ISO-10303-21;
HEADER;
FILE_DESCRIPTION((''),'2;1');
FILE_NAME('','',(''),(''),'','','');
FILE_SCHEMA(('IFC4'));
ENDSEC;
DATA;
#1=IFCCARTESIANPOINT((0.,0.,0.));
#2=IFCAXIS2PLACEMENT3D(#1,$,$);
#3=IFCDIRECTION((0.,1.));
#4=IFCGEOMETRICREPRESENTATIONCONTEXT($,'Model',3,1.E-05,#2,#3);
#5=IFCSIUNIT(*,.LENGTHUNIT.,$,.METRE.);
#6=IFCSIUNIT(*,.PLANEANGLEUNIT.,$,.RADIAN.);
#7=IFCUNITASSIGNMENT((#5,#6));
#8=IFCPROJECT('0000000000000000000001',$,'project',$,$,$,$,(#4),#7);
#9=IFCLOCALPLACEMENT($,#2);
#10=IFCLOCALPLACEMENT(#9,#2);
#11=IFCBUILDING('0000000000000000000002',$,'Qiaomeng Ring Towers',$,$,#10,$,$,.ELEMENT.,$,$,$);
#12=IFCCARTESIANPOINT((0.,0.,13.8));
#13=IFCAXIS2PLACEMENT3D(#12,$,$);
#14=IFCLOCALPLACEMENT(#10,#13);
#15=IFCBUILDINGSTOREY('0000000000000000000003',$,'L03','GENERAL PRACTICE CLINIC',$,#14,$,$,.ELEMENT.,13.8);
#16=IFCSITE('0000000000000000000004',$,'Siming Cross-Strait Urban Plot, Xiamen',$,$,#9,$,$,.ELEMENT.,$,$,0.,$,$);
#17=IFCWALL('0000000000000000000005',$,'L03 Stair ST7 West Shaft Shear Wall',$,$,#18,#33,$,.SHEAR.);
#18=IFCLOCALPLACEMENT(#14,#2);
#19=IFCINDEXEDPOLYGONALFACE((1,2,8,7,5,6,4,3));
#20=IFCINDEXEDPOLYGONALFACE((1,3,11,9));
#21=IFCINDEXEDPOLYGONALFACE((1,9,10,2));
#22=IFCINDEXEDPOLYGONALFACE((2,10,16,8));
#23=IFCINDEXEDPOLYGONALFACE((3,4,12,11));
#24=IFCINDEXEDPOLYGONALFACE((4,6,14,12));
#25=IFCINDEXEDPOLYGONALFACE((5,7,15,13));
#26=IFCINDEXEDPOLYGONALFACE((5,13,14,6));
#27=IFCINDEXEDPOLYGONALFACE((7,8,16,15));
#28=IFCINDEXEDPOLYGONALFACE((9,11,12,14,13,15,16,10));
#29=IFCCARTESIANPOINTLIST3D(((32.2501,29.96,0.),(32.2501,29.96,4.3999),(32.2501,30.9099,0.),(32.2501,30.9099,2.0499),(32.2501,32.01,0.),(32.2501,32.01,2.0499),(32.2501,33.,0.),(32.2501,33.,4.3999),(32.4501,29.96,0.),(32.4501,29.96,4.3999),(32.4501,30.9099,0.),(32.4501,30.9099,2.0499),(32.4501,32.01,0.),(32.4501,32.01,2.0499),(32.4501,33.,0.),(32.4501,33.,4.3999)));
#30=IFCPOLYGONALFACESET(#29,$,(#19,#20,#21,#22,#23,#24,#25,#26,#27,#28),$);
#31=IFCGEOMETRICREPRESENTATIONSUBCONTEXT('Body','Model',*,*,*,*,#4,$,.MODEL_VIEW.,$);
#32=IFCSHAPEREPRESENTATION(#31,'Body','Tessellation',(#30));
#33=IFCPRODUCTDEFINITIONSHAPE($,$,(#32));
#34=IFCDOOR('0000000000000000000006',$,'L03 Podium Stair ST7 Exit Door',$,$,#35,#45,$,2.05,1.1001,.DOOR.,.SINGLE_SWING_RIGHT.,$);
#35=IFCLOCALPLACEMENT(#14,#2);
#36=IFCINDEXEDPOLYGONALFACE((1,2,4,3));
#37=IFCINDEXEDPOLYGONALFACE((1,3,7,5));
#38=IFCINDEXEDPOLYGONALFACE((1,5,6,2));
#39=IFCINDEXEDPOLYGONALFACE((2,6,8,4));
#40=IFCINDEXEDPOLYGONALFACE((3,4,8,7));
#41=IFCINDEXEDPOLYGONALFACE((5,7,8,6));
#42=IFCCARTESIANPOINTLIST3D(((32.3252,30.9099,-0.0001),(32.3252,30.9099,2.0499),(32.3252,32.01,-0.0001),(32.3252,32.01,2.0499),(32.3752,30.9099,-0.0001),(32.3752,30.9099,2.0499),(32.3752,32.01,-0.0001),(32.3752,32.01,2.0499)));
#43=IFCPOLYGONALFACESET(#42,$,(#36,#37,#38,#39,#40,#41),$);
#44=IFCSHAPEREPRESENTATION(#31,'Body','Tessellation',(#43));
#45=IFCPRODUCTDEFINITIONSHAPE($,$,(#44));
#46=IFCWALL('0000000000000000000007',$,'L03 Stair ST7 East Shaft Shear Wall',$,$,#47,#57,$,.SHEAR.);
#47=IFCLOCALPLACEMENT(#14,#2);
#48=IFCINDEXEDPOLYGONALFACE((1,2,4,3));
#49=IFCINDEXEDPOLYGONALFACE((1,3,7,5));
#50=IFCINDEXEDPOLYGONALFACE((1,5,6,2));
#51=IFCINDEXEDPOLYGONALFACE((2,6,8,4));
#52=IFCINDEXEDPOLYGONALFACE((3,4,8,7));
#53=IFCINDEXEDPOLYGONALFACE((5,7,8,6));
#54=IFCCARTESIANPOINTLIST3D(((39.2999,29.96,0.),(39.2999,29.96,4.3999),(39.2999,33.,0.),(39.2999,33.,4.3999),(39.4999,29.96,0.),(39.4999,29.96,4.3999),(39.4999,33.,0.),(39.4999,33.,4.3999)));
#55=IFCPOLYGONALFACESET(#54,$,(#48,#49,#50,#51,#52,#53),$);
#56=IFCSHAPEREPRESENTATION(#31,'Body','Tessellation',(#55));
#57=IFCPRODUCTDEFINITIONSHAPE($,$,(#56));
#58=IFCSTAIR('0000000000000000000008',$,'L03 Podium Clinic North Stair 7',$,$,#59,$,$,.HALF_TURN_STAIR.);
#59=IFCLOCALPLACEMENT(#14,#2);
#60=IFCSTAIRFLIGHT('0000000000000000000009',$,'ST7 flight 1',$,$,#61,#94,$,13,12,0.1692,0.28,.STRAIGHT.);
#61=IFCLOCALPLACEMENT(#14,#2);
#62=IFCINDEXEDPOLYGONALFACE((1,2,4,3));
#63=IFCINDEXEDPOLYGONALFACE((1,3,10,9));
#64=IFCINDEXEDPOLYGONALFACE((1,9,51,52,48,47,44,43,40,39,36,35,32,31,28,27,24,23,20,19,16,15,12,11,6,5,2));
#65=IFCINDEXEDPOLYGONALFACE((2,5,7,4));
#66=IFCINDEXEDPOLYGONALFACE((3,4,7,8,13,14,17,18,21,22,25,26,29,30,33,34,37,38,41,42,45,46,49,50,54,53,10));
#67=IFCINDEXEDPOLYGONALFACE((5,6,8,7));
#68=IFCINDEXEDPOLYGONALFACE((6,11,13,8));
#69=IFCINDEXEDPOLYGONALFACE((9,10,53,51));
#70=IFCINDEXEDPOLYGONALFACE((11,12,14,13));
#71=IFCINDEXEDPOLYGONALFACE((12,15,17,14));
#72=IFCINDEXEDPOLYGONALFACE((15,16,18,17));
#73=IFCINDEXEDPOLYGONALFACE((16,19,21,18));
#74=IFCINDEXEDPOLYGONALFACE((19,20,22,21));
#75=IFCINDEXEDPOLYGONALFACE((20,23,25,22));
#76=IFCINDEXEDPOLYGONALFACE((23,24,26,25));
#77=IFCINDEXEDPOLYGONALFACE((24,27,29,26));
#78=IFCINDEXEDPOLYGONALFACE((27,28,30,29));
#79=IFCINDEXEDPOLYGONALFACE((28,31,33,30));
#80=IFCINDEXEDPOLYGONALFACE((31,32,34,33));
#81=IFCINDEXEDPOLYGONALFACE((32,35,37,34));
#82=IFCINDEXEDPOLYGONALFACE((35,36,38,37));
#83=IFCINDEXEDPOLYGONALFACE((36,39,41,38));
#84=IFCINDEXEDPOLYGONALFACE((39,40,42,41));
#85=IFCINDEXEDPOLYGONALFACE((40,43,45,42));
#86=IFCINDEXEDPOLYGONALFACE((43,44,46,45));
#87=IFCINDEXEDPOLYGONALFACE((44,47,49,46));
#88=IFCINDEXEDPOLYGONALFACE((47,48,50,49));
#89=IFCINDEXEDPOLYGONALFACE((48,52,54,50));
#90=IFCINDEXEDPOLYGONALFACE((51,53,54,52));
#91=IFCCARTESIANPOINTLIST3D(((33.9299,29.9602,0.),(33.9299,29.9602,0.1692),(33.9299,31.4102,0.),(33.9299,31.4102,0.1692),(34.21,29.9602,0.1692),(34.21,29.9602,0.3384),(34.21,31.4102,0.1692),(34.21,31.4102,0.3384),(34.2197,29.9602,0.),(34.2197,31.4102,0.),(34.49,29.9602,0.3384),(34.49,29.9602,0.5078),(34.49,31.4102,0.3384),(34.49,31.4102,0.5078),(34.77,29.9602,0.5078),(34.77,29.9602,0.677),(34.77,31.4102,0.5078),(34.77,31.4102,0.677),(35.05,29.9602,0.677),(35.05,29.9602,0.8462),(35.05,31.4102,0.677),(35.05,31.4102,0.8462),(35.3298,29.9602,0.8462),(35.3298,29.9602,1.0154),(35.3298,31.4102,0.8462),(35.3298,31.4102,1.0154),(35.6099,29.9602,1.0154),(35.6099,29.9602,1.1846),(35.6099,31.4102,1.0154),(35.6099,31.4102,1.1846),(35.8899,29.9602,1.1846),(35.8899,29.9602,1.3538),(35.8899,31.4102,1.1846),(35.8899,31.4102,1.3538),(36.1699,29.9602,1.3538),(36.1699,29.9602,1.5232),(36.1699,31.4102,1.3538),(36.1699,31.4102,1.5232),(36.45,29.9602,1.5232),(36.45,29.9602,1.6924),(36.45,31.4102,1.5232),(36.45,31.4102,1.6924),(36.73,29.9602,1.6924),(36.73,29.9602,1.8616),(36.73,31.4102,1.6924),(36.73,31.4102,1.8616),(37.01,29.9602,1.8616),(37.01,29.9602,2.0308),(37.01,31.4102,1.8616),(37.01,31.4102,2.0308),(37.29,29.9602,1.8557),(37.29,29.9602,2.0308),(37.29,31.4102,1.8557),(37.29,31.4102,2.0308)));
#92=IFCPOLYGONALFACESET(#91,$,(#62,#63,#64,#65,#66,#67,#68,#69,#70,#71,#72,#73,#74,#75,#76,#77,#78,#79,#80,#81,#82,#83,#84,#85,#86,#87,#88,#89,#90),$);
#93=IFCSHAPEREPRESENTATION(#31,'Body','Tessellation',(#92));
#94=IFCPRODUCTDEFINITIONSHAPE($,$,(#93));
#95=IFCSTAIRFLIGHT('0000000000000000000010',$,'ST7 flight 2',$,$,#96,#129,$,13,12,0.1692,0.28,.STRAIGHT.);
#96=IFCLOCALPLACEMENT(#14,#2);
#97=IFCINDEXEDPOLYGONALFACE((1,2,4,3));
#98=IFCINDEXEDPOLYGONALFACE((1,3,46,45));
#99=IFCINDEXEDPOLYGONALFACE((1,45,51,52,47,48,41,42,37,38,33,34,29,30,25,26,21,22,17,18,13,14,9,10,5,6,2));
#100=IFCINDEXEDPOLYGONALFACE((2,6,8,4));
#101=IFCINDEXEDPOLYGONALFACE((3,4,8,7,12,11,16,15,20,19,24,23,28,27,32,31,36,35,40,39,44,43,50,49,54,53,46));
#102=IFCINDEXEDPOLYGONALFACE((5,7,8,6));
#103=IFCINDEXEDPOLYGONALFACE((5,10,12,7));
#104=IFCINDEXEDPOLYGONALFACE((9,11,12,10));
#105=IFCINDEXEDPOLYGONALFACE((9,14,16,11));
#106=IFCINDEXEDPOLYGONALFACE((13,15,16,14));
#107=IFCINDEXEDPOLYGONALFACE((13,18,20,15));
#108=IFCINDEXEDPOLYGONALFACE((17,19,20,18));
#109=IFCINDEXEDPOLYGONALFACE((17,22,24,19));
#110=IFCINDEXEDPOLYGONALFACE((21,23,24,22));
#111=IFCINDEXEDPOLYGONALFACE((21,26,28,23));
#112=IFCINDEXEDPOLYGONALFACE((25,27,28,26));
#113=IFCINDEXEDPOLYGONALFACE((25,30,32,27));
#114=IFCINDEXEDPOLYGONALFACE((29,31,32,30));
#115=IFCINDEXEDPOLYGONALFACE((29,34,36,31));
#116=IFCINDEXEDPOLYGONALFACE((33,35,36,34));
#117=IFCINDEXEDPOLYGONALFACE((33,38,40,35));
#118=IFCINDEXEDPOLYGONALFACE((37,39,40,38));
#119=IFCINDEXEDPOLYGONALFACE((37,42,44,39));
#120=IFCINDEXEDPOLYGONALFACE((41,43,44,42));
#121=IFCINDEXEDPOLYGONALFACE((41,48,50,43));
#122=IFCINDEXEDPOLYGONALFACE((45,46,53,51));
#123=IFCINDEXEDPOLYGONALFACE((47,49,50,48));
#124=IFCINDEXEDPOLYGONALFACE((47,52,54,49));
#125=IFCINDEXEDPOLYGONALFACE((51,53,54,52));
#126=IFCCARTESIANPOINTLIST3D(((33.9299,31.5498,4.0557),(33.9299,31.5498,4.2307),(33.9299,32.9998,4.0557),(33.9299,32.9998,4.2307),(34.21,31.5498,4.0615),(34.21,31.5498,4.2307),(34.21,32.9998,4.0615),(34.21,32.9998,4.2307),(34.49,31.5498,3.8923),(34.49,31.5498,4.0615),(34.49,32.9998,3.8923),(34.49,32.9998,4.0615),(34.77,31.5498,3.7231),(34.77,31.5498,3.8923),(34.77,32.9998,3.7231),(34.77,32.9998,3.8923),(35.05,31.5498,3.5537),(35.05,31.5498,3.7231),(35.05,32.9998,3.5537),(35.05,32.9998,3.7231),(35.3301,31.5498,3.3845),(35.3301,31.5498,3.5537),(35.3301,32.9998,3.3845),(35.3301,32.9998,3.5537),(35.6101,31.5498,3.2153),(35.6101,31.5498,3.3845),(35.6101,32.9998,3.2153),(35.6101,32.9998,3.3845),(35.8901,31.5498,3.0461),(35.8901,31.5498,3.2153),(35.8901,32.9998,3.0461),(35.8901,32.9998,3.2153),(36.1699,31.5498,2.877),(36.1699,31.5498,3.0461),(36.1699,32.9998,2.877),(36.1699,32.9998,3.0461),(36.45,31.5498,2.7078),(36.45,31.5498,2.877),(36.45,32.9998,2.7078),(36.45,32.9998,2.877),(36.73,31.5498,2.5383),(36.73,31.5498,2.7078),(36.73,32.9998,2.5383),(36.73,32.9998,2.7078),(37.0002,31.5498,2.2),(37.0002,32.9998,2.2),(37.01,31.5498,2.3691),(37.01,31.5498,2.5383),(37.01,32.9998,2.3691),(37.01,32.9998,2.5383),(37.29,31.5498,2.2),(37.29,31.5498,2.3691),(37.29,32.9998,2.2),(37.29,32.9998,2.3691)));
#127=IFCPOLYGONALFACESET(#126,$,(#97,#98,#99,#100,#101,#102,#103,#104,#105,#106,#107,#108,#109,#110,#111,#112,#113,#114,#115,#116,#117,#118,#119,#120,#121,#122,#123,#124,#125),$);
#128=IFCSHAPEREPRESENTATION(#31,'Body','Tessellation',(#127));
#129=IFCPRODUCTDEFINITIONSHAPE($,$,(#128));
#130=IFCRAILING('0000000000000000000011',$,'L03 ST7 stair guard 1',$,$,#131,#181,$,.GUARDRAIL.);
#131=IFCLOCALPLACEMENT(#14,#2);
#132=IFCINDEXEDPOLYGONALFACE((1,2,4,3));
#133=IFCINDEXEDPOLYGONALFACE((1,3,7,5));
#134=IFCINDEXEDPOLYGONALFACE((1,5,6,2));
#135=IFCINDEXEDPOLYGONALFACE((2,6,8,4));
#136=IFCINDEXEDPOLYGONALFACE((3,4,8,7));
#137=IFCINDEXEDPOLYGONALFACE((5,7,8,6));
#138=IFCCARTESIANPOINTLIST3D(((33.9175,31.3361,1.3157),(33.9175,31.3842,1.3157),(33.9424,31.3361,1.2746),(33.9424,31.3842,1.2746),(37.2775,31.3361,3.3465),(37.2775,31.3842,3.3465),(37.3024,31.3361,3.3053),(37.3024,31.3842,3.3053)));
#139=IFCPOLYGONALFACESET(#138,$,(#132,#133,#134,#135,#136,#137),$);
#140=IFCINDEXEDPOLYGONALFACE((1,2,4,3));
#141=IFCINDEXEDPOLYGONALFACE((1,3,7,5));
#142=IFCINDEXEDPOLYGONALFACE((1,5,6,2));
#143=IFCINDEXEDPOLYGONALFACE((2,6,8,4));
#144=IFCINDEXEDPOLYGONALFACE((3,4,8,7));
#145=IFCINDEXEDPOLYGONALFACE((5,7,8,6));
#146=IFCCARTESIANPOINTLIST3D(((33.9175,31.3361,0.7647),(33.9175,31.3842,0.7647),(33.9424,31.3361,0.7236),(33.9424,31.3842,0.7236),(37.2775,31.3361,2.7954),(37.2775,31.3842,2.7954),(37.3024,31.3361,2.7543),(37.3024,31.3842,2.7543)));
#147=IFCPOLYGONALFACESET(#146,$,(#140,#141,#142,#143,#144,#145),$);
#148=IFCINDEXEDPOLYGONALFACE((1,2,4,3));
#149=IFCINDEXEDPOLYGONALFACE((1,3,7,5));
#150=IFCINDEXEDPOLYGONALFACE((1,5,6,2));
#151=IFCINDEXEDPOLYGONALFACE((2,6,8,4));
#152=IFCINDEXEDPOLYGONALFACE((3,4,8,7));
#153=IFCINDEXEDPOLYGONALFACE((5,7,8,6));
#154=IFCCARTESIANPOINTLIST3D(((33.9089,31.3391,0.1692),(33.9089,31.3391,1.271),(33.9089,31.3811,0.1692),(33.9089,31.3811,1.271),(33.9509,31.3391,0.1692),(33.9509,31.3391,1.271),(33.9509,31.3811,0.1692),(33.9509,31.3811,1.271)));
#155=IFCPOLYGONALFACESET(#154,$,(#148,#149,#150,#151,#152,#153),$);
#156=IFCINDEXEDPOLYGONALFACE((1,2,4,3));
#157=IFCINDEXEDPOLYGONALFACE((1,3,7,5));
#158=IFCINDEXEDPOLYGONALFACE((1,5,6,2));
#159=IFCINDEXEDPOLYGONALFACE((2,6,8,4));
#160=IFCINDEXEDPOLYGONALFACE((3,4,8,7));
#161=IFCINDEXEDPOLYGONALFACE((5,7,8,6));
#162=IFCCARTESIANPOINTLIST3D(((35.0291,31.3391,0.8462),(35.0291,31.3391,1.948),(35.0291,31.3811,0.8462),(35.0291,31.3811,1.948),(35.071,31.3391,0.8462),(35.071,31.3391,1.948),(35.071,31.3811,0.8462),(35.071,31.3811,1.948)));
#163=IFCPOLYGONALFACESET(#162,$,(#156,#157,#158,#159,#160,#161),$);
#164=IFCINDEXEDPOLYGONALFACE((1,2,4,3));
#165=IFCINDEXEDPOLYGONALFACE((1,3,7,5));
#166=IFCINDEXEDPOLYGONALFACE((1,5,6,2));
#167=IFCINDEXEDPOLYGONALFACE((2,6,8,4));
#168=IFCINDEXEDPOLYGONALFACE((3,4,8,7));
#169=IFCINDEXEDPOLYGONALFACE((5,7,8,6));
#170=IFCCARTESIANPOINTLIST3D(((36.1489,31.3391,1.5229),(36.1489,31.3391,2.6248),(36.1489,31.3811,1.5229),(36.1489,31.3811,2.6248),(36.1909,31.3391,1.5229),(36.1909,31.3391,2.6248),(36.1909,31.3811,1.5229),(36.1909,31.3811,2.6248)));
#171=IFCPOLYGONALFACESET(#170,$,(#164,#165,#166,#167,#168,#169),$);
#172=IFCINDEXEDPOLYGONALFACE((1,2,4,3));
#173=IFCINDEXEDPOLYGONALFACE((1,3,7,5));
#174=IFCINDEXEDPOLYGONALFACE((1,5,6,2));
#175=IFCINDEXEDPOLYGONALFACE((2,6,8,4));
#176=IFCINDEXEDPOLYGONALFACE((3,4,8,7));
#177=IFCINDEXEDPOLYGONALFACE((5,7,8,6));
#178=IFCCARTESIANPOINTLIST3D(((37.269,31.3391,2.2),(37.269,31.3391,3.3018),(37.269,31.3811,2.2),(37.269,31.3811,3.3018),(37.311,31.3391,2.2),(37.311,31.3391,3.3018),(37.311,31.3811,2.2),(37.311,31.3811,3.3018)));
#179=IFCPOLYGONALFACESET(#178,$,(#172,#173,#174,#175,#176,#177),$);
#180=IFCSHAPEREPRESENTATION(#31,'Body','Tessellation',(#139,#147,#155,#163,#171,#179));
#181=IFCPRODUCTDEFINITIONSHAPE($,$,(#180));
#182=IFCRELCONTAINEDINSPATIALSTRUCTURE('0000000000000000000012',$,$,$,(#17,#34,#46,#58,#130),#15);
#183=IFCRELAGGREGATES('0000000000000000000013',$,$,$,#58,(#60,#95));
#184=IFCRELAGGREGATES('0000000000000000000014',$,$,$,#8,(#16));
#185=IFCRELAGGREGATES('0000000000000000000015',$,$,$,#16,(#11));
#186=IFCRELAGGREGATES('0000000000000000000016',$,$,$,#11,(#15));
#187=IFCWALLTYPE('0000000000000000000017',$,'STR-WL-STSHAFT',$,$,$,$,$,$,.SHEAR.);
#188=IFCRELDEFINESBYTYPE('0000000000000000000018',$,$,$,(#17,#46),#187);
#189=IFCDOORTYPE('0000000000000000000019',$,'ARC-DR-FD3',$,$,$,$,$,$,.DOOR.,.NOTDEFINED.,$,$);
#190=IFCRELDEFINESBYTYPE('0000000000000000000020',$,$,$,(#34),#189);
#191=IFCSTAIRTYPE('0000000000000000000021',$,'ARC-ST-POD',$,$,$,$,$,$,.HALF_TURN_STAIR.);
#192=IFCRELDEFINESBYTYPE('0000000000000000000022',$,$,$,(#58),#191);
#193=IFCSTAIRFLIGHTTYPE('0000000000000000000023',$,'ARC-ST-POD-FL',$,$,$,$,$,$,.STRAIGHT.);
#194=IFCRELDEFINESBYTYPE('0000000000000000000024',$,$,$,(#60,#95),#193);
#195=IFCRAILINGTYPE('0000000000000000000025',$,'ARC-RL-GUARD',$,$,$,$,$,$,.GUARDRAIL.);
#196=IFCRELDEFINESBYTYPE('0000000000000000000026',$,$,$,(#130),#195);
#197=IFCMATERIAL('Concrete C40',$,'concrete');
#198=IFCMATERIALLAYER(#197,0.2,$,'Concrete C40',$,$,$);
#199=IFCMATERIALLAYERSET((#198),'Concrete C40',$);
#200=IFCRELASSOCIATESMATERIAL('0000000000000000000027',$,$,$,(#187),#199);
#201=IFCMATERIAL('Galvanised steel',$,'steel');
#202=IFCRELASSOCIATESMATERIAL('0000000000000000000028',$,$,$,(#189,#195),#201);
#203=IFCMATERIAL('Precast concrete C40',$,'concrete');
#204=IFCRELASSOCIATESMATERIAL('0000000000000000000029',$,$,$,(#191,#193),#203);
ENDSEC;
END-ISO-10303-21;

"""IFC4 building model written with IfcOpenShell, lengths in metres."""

from ifc_helpers import new_model, si_unit, direction, frame, frame_2d, origin, origin_2d, place, context, subcontext, project, spatial, polyline, rectangle, outline, extrude, source, transform, mapped, material, layer, layer_set, type_object, element, fill, aggregate, save


model = new_model("IFC4")

# Units and contexts
model_context = context("Model", 3, precision=1e-05, world=origin(), true_north=direction((0.0, 1.0)))
body_context = subcontext(model_context, "Body", "Model", "MODEL_VIEW")
ifc_project = project(units=[si_unit("LENGTHUNIT", "METRE"), si_unit("PLANEANGLEUNIT", "RADIAN")], contexts=[model_context])

# Site, building, storey
site_placement = place(None, origin())
site = spatial("IfcSite", under=ifc_project, at=site_placement, Name="Siming Cross-Strait Urban Plot, Xiamen", CompositionType="ELEMENT", RefElevation=0.0)
building_placement = place(site_placement, origin())
building = spatial("IfcBuilding", under=site, at=building_placement, Name="Qiaomeng Ring Towers", CompositionType="ELEMENT")
storey_placement = place(building_placement, frame((0.0, 0.0, 13.8)))
storey = spatial("IfcBuildingStorey", under=building, at=storey_placement, Name="L03", Description="GENERAL PRACTICE CLINIC", CompositionType="ELEMENT", Elevation=13.8)

# Wall, opening, door
ifc_material_1 = material(Name="Concrete C40", Category="concrete")
ifc_layer_1 = layer(ifc_material_1, 0.2, Name="Concrete C40")
ifc_layer_set_1 = layer_set([ifc_layer_1], Name="Concrete C40")
wall_type_1 = type_object("IfcWallType", Name="STR-WL-STSHAFT", PredefinedType="SHEAR", material=ifc_layer_set_1)
wall_1_placement = place(storey_placement, frame((32.3501, 29.96, 0.0), z_axis=(0.0, 0.0, 1.0), x_axis=(0.0, 1.0, 0.0)))
wall_1 = element("IfcWall", 1, at=wall_1_placement, inside=storey, type_object=wall_type_1, Name="L03 Stair ST7 West Shaft Shear Wall", PredefinedType="SHEAR", context=body_context, shape_type="SweptSolid", body=[
    extrude(rectangle(XDim=3.04, YDim=0.2, at=frame_2d((1.52, 0.0))), origin(), (0.0, 0.0, 1.0), 4.3999),
])
opening_1_placement = place(wall_1_placement, frame((0.95, 0.0, 0.0)))
opening_1 = element("IfcOpeningElement", 2, at=opening_1_placement, cuts=wall_1, PredefinedType="OPENING", context=body_context, shape_type="SweptSolid", body=[
    extrude(rectangle(XDim=1.1001, YDim=2.05, at=frame_2d((0.55, 1.0249))), frame((0.0, 0.1099, 0.0), z_axis=(0.0, -1.0, 0.0), x_axis=(1.0, 0.0, 0.0)), (0.0, 0.0, 1.0), 0.22),
])
ifc_material_2 = material(Name="Galvanised steel", Category="steel")
door_type_1 = type_object("IfcDoorType", Name="ARC-DR-FD3", OperationType="NOTDEFINED", PredefinedType="DOOR", material=ifc_material_2)
shared_shape_1 = source(origin(), body_context, "Body", "SweptSolid", [
    extrude(rectangle(XDim=1.1001, YDim=2.05, at=frame_2d((0.55, 1.0249))), frame((0.0, 0.0249, 0.0), z_axis=(0.0, -1.0, 0.0), x_axis=(1.0, 0.0, 0.0)), (0.0, 0.0, 1.0), 0.05),
])
door_1_placement = place(opening_1_placement, origin())
door_1 = element("IfcDoor", 3, at=door_1_placement, inside=storey, type_object=door_type_1, Name="L03 Podium Stair ST7 Exit Door", OperationType="SINGLE_SWING_RIGHT", OverallHeight=2.05, OverallWidth=1.1001, PredefinedType="DOOR", context=body_context, shape_type="MappedRepresentation", body=[
    mapped(shared_shape_1, transform((0.0, 0.0, 0.0), x_axis=(1.0, 0.0, 0.0), y_axis=(0.0, 1.0, 0.0), z_axis=(0.0, 0.0, 1.0), scale=1.0)),
])
fill(opening_1, door_1)

# Wall
wall_2_placement = place(storey_placement, frame((39.3999, 29.96, 0.0), z_axis=(0.0, 0.0, 1.0), x_axis=(0.0, 1.0, 0.0)))
element("IfcWall", 4, at=wall_2_placement, inside=storey, type_object=wall_type_1, Name="L03 Stair ST7 East Shaft Shear Wall", PredefinedType="SHEAR", context=body_context, shape_type="SweptSolid", body=[
    extrude(rectangle(XDim=3.04, YDim=0.2, at=frame_2d((1.52, 0.0))), origin(), (0.0, 0.0, 1.0), 4.3999),
])

# Stair, stair flights
ifc_material_3 = material(Name="Precast concrete C40", Category="concrete")
stair_type = type_object("IfcStairType", Name="ARC-ST-POD", PredefinedType="HALF_TURN_STAIR", material=ifc_material_3)
stair_placement = place(storey_placement, origin())
stair = element("IfcStair", 5, at=stair_placement, inside=storey, type_object=stair_type, Name="L03 Podium Clinic North Stair 7", PredefinedType="HALF_TURN_STAIR")
stair_flight_type = type_object("IfcStairFlightType", Name="ARC-ST-POD-FL", PredefinedType="STRAIGHT", material=ifc_material_3)
shared_shape_2 = source(origin(), body_context, "Body", "SweptSolid", [
    extrude(outline(polyline([(0.0, 0.0), (0.0, 0.1692), (0.28, 0.1692), (0.28, 0.3384), (0.5601, 0.3384), (0.5601, 0.5078), (0.8401, 0.5078), (0.8401, 0.677), (1.1201, 0.677), (1.1201, 0.8462), (1.3999, 0.8462), (1.3999, 1.0154), (1.6799, 1.0154), (1.6799, 1.1846), (1.96, 1.1846), (1.96, 1.3538), (2.24, 1.3538), (2.24, 1.5232), (2.52, 1.5232), (2.52, 1.6924), (2.8, 1.6924), (2.8, 1.8616), (3.0801, 1.8616), (3.0801, 2.0308), (3.3601, 2.0308), (3.3601, 2.2), (3.3601, 1.8557), (0.2898, 0.0), (0.0, 0.0)])), frame((0.0, 0.7251, 0.0), z_axis=(0.0, -1.0, 0.0), x_axis=(1.0, 0.0, 0.0)), (0.0, 0.0, 1.0), 1.45),
])
stair_flight_1_placement = place(storey_placement, frame((33.9299, 30.6851, 0.0), z_axis=(0.0, 0.0, 1.0), x_axis=(1.0, 0.0, 0.0)))
stair_flight_1 = element("IfcStairFlight", 6, at=stair_flight_1_placement, type_object=stair_flight_type, Name="ST7 flight 1", NumberOfRisers=13, NumberOfTreads=12, PredefinedType="STRAIGHT", RiserHeight=0.1692, TreadLength=0.28, context=body_context, shape_type="MappedRepresentation", body=[
    mapped(shared_shape_2, transform((0.0, 0.0, 0.0), x_axis=(1.0, 0.0, 0.0), y_axis=(0.0, 1.0, 0.0), z_axis=(0.0, 0.0, 1.0), scale=1.0)),
])
stair_flight_2_placement = place(storey_placement, frame((37.29, 32.2749, 2.2), z_axis=(0.0, 0.0, 1.0), x_axis=(-1.0, 0.0, 0.0)))
stair_flight_2 = element("IfcStairFlight", 7, at=stair_flight_2_placement, type_object=stair_flight_type, Name="ST7 flight 2", NumberOfRisers=13, NumberOfTreads=12, PredefinedType="STRAIGHT", RiserHeight=0.1692, TreadLength=0.28, context=body_context, shape_type="MappedRepresentation", body=[
    mapped(shared_shape_2, transform((0.0, 0.0, 0.0), x_axis=(1.0, 0.0, 0.0), y_axis=(0.0, 1.0, 0.0), z_axis=(0.0, 0.0, 1.0), scale=1.0)),
])
aggregate(stair, [stair_flight_1, stair_flight_2])

# Railing
railing_type_1 = type_object("IfcRailingType", Name="ARC-RL-GUARD", PredefinedType="GUARDRAIL", material=ifc_material_2)
railing_1_placement = place(storey_placement, frame((33.9299, 31.3601, 0.1692)))
element("IfcRailing", 8, at=railing_1_placement, inside=storey, type_object=railing_type_1, Name="L03 ST7 stair guard 1", PredefinedType="GUARDRAIL", context=body_context, shape_type="SweptSolid", body=[
    extrude(rectangle(XDim=0.0481, YDim=0.0481, at=origin_2d()), frame((0.0, 0.0, 1.126), z_axis=(0.855837, 0.0, 0.517246), x_axis=(0.0, 1.0, 0.0)), (0.0, 0.0, 1.0), 3.926),
    extrude(rectangle(XDim=0.0481, YDim=0.0481, at=origin_2d()), frame((0.0, 0.0, 0.575), z_axis=(0.855837, 0.0, 0.517246), x_axis=(0.0, 1.0, 0.0)), (0.0, 0.0, 1.0), 3.926),
    extrude(rectangle(XDim=0.042, YDim=0.042, at=origin_2d()), origin(), (0.0, 0.0, 1.0), 1.1018),
    extrude(rectangle(XDim=0.042, YDim=0.042, at=origin_2d()), frame((1.1201, 0.0, 0.677)), (0.0, 0.0, 1.0), 1.1018),
    extrude(rectangle(XDim=0.042, YDim=0.042, at=origin_2d()), frame((2.24, 0.0, 1.3538)), (0.0, 0.0, 1.0), 1.1018),
    extrude(rectangle(XDim=0.042, YDim=0.042, at=origin_2d()), frame((3.3601, 0.0, 2.0308)), (0.0, 0.0, 1.0), 1.1018),
])

save(model, "model.ifc")
